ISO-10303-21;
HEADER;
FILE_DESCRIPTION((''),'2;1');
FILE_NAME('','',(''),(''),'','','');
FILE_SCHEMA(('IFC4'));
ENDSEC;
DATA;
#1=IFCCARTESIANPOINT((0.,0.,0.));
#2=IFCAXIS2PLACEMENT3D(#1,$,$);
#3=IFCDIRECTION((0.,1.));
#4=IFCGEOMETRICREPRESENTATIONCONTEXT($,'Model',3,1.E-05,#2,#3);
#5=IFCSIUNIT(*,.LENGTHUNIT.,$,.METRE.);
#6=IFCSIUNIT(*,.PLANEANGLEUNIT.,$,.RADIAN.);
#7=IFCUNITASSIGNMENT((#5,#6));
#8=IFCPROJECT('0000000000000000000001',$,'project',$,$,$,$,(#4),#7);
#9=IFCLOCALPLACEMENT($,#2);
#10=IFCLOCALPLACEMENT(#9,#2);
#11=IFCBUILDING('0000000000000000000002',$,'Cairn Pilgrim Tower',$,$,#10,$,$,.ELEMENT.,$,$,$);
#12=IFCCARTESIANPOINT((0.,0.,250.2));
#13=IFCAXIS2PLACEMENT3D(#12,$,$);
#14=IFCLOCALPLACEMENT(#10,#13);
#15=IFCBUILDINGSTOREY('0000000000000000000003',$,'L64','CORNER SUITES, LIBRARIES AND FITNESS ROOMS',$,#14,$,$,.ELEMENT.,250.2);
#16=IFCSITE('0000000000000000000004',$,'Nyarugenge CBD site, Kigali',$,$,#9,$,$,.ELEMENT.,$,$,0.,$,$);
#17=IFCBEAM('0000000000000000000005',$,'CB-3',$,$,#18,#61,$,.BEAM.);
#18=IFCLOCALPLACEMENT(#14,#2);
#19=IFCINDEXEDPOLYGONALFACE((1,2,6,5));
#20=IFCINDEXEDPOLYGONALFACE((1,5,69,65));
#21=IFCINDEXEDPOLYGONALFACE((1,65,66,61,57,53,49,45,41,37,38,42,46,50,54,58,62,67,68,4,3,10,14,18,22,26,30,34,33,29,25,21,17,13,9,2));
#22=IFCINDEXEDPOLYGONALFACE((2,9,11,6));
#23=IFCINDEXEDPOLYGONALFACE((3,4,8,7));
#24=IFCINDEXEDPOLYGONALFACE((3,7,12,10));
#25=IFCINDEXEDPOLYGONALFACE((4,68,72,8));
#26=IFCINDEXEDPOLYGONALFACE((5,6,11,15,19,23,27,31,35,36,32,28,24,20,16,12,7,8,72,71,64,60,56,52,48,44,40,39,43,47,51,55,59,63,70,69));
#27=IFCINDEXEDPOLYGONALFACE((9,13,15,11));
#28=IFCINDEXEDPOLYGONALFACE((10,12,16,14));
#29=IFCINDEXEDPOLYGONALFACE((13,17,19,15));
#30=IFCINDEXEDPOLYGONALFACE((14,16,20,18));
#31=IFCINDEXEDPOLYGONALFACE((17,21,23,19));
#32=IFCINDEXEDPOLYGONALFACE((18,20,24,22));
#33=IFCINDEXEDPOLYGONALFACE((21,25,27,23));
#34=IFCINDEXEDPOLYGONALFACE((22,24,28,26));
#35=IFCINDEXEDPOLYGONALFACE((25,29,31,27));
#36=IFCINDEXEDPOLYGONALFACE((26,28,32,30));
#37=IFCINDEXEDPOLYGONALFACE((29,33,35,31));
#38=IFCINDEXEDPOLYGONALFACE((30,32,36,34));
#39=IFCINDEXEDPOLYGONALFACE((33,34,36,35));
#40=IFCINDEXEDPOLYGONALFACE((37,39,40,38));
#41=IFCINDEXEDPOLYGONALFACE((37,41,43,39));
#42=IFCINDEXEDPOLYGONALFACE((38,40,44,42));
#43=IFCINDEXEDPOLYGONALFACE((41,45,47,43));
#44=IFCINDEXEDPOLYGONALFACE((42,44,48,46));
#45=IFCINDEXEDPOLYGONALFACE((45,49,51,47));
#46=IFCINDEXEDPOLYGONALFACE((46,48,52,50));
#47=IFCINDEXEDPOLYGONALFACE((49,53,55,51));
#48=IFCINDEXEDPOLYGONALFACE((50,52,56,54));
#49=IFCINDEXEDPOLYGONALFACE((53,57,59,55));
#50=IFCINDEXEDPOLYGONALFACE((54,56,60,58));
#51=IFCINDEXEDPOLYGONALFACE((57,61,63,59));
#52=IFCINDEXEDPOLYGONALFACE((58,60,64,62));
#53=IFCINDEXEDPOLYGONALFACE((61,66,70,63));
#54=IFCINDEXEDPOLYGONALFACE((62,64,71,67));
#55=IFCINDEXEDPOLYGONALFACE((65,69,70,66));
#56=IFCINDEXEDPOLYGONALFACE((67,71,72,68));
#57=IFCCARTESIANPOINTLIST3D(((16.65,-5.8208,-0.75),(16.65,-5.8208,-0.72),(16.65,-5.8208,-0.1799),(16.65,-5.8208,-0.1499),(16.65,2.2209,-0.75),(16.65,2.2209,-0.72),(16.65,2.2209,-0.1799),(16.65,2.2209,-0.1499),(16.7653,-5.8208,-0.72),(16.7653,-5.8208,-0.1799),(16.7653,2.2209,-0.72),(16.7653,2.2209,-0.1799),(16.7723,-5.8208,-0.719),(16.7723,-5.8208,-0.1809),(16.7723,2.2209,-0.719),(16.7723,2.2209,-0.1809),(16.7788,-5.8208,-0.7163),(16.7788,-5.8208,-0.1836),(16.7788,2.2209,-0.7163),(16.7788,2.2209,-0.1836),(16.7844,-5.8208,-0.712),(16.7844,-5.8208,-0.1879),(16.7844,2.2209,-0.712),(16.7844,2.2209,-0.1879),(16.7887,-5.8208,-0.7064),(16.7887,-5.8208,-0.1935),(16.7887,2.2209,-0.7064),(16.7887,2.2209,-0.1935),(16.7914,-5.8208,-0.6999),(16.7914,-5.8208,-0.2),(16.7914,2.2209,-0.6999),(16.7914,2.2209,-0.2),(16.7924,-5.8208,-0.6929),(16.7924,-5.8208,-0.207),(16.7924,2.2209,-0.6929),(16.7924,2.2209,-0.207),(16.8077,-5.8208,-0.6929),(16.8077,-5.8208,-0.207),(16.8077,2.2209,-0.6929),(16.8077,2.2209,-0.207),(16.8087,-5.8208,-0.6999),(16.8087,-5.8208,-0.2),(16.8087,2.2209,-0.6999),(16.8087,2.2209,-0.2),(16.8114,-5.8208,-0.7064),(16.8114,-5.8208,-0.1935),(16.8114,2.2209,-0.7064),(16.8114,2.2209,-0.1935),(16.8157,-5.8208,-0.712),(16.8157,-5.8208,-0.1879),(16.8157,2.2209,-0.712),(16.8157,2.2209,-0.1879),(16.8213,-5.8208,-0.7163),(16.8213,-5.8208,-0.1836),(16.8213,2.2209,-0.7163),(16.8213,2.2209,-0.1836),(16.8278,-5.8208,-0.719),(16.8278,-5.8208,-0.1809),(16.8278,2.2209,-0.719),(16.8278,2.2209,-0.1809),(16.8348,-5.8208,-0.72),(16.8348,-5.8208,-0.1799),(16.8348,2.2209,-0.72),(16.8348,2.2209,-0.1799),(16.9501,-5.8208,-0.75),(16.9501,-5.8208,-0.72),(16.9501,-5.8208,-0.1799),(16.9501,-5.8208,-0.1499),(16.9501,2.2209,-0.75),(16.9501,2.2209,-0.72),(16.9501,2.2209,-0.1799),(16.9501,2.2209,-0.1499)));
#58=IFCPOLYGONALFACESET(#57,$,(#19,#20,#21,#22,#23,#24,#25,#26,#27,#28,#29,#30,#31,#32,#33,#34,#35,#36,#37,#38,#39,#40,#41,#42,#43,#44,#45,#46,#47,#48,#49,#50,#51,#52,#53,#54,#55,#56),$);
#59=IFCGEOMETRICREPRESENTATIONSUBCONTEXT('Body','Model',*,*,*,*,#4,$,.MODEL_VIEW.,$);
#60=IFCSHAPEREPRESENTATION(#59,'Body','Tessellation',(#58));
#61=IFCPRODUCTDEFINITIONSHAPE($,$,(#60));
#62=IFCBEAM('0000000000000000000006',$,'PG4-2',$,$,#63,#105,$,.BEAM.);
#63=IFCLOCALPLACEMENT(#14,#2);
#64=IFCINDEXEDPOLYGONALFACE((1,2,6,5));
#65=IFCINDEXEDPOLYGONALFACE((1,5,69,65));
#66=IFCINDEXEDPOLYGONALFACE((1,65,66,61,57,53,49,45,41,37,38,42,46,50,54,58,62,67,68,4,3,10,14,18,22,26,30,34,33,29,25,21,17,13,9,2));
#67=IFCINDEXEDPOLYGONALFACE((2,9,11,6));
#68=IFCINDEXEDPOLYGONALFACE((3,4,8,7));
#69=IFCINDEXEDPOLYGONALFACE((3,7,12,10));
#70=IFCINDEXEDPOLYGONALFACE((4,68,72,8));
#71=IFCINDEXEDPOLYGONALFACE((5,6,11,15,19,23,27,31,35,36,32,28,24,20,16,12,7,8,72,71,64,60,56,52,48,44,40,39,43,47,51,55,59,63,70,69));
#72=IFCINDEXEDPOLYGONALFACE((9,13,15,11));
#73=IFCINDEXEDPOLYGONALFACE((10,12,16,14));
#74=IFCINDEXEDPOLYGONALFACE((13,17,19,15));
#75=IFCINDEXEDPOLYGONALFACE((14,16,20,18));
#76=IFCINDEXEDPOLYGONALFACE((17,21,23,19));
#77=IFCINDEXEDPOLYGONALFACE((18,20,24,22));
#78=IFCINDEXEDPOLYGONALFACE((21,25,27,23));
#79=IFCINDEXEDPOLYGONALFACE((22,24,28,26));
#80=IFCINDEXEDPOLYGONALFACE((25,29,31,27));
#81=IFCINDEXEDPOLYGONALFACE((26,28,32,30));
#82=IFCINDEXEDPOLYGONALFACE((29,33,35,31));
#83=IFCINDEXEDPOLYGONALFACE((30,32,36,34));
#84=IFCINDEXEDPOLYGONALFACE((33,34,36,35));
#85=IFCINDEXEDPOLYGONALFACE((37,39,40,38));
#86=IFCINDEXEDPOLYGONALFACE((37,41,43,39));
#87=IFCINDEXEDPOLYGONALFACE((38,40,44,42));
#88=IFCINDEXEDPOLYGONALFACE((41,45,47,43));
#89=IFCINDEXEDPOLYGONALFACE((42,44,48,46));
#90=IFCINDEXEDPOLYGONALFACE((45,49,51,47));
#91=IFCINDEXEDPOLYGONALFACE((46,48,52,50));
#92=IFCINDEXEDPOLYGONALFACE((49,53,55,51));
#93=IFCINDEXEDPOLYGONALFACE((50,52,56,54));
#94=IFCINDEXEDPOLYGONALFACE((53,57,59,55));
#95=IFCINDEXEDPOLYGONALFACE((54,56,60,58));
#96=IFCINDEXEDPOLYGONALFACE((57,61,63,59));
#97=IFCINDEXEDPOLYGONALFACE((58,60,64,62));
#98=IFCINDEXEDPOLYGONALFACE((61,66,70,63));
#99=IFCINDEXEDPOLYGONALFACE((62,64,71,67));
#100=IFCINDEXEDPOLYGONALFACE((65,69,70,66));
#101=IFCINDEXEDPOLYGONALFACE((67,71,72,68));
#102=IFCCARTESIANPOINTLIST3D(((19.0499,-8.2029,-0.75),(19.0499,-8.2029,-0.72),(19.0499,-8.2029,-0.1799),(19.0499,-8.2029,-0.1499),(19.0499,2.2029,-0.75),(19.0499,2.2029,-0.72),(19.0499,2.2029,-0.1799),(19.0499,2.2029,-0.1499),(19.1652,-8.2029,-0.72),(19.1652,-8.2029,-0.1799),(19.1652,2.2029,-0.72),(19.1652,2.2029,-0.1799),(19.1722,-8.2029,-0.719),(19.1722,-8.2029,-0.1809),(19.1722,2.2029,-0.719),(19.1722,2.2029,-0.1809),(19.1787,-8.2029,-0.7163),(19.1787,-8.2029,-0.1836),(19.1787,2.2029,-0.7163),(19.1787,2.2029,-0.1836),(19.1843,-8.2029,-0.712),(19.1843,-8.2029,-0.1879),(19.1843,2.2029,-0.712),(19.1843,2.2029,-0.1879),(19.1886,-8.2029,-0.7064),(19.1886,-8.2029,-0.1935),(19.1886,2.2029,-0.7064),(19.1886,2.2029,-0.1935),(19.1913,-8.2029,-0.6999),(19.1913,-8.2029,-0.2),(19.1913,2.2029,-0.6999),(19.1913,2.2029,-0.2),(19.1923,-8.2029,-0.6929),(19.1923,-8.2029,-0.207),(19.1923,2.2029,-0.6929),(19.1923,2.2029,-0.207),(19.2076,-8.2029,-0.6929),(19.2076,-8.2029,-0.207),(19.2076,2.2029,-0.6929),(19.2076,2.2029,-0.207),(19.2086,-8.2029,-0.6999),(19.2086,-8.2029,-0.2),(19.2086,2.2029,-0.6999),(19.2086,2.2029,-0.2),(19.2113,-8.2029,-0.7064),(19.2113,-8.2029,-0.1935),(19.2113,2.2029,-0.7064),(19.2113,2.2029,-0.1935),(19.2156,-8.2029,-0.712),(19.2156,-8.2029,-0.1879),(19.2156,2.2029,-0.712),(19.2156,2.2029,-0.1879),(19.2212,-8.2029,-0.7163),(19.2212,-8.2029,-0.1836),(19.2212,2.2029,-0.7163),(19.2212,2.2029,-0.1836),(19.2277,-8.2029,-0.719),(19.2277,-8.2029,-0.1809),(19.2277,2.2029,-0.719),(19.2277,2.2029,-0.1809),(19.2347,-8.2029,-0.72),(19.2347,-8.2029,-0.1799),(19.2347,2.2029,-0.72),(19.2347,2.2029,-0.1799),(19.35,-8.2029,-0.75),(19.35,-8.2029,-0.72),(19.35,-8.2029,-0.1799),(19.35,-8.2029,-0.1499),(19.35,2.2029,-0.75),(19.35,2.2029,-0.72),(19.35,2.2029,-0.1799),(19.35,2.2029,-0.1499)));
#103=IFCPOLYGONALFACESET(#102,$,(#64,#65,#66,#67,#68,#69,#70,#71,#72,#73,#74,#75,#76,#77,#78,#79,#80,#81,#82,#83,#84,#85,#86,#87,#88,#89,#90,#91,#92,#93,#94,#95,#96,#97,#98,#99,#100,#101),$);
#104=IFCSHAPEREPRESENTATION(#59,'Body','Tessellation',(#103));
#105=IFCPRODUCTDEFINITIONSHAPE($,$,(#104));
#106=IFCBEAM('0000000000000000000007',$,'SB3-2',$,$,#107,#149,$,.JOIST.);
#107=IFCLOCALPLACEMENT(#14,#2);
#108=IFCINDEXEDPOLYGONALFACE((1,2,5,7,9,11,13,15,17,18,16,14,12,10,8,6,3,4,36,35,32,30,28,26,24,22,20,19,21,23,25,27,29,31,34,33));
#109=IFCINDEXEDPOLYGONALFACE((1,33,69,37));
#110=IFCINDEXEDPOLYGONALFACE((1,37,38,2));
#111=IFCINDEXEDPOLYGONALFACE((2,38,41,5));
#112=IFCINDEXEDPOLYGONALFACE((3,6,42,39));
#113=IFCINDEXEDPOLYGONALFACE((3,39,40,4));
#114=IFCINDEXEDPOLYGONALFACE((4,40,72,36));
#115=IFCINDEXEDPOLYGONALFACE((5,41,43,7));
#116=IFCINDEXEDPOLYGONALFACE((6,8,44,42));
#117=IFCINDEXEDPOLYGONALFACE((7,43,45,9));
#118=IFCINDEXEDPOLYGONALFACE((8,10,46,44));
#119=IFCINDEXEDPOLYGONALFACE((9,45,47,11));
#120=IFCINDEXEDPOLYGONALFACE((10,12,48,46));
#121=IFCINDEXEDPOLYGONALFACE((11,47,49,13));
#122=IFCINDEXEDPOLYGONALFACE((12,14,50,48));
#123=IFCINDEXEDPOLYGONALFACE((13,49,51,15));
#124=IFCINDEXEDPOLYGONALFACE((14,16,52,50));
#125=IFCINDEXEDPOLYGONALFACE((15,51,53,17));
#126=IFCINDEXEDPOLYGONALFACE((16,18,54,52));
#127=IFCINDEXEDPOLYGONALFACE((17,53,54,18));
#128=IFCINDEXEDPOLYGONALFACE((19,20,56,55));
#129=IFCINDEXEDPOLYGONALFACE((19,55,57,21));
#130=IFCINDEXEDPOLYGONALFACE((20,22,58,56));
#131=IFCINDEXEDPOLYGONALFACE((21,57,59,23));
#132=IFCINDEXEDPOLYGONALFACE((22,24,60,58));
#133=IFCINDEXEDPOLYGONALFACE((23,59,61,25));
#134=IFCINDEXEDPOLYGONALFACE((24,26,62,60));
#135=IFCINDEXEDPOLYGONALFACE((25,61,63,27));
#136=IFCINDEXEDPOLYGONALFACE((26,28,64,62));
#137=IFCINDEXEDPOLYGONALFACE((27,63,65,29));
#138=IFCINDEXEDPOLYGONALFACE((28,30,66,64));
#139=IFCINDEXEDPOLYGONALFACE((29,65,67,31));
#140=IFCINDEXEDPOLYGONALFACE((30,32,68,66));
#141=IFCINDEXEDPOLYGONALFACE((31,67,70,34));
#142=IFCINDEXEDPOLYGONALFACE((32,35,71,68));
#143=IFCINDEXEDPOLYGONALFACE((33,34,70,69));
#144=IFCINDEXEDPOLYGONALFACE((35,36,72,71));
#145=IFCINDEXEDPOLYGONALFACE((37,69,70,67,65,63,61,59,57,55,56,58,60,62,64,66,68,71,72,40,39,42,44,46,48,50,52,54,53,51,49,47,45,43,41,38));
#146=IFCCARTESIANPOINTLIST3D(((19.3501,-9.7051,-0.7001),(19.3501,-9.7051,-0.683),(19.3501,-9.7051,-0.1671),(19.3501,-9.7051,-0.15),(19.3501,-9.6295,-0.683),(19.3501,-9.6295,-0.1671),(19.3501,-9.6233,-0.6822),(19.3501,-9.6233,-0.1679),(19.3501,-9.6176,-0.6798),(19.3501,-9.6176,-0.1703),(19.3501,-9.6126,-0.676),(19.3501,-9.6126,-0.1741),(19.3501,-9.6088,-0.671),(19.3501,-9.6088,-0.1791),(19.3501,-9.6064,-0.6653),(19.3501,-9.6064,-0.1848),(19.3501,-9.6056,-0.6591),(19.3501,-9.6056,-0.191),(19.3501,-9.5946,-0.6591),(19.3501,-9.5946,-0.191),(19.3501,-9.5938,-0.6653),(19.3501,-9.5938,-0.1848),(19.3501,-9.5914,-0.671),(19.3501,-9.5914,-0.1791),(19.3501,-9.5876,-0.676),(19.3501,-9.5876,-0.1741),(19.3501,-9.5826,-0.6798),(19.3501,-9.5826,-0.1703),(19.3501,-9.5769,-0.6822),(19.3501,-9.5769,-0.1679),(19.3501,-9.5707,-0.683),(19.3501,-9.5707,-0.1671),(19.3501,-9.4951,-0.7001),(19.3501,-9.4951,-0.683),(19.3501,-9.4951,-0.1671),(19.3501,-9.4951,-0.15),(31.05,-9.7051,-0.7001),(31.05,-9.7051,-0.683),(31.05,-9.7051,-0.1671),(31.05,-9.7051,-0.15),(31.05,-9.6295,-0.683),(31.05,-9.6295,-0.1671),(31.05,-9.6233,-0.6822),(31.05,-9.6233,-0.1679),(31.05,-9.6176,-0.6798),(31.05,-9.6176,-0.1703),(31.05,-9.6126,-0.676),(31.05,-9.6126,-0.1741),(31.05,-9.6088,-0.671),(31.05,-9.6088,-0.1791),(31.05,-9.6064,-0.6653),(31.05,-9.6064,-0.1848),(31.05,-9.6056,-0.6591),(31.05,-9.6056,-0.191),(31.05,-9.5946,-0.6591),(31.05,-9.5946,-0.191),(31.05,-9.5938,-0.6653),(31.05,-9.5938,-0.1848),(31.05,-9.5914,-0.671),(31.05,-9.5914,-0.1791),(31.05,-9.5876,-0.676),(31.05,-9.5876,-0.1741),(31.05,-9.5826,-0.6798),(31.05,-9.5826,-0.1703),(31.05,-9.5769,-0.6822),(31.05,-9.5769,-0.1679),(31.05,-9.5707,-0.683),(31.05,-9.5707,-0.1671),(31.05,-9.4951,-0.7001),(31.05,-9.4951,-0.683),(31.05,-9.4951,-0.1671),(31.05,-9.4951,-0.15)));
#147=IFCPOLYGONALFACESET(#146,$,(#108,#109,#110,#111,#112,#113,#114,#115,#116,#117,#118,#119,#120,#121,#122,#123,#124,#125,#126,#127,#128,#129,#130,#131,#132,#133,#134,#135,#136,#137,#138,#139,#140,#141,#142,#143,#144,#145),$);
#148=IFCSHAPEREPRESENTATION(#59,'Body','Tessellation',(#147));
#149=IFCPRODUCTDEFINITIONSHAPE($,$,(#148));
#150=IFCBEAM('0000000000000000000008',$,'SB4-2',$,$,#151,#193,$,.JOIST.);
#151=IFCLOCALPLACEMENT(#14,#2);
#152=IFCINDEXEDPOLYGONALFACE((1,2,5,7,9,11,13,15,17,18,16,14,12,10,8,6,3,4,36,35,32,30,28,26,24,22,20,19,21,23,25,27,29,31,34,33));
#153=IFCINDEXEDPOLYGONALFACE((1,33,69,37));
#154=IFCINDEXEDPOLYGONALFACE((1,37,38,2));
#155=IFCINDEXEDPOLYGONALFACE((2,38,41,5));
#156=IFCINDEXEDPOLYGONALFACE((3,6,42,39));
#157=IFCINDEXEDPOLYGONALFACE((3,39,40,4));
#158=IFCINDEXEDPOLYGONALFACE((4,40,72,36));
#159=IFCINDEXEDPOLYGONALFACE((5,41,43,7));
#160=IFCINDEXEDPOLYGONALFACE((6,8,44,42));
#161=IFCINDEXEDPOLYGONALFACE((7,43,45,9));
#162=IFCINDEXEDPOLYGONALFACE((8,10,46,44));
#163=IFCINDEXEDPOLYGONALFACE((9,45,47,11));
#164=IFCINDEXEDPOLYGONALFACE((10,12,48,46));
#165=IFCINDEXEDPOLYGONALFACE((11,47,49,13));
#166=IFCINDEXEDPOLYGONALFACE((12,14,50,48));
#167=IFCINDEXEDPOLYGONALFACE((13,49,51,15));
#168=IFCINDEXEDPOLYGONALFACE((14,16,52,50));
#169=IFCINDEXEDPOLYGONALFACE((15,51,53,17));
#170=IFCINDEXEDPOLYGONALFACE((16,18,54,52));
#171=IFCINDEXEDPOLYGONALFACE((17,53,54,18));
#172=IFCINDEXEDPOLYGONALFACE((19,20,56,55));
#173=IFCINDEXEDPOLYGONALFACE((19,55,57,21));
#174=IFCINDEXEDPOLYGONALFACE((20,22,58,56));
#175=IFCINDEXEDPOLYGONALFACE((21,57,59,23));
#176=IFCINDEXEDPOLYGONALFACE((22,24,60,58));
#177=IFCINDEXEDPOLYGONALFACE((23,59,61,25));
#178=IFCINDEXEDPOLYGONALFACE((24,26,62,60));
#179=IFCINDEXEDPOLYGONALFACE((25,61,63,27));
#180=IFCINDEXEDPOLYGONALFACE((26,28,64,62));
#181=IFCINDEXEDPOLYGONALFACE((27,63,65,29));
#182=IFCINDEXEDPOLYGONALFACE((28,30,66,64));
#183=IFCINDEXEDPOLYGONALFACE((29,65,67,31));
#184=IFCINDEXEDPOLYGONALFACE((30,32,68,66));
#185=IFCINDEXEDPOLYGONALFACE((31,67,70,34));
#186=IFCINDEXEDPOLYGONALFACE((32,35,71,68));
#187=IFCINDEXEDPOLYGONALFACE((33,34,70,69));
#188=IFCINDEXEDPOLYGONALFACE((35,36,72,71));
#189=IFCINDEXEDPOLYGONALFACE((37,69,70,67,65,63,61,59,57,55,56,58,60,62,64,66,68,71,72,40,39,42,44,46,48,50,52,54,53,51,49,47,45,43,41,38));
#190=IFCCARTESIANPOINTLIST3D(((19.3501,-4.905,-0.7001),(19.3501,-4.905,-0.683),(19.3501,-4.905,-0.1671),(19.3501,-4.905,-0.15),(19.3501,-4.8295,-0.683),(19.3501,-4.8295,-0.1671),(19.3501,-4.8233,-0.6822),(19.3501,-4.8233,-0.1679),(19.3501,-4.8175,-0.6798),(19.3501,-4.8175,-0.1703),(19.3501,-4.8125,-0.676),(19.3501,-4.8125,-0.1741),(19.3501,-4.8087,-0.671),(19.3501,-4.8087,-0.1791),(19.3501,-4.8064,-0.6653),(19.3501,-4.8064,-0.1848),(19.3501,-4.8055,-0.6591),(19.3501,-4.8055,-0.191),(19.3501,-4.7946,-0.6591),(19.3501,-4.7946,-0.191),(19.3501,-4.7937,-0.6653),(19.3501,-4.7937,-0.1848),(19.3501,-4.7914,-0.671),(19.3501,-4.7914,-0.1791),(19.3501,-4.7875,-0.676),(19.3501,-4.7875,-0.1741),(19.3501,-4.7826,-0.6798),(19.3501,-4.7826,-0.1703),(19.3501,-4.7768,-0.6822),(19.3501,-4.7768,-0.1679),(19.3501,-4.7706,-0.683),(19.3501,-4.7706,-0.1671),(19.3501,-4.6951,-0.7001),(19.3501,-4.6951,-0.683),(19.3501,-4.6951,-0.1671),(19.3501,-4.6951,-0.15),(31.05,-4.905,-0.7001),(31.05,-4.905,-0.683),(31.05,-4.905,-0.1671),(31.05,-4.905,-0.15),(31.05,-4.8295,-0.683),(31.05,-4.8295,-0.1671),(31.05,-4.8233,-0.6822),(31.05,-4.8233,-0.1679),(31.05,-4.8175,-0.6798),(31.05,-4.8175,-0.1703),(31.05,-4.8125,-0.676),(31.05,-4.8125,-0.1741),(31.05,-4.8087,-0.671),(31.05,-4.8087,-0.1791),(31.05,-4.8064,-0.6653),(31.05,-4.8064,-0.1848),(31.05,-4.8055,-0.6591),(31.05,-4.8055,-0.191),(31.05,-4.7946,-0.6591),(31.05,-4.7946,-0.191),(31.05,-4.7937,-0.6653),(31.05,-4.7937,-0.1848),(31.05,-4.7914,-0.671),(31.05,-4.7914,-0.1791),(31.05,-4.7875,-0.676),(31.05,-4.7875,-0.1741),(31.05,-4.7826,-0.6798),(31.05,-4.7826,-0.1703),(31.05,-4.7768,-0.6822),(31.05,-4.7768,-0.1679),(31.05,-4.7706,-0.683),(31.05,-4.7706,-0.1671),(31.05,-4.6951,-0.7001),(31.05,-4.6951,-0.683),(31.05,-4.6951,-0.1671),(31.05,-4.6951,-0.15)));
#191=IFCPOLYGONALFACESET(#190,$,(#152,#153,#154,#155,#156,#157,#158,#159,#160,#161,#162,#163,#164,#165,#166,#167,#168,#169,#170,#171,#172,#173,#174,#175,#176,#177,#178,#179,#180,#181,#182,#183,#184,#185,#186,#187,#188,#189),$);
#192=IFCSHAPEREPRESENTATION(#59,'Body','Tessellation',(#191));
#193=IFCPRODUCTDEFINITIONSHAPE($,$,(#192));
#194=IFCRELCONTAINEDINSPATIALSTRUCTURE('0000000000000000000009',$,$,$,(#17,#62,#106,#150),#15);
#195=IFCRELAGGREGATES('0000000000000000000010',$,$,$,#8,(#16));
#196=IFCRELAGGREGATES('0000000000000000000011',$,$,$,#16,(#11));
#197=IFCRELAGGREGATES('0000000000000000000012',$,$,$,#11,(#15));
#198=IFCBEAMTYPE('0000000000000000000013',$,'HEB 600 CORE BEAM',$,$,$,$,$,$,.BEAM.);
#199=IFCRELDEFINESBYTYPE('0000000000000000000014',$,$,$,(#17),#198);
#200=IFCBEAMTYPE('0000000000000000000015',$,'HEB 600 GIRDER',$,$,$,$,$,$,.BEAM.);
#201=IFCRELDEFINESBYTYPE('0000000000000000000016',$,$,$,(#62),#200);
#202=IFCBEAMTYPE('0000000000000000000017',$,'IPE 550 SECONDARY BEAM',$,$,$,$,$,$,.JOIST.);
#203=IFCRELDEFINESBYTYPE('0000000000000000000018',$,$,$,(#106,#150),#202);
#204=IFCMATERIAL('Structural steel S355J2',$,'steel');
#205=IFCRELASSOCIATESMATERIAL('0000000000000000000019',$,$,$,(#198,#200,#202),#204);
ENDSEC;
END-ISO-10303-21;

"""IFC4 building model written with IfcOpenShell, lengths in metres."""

from ifc_helpers import new_model, si_unit, direction, frame, origin, origin_2d, place, context, subcontext, project, spatial, i_section, extrude, material, material_profile, profile_set, type_object, element, save


model = new_model("IFC4")

# Units and contexts
model_context = context("Model", 3, precision=1e-05, world=origin(), true_north=direction((0.0, 1.0)))
body_context = subcontext(model_context, "Body", "Model", "MODEL_VIEW")
ifc_project = project(units=[si_unit("LENGTHUNIT", "METRE"), si_unit("PLANEANGLEUNIT", "RADIAN")], contexts=[model_context])

# Site, building, storey
site_placement = place(None, origin())
site = spatial("IfcSite", under=ifc_project, at=site_placement, Name="Nyarugenge CBD site, Kigali", CompositionType="ELEMENT", RefElevation=0.0)
building_placement = place(site_placement, origin())
building = spatial("IfcBuilding", under=site, at=building_placement, Name="Cairn Pilgrim Tower", CompositionType="ELEMENT")
storey_placement = place(building_placement, frame((0.0, 0.0, 250.2)))
storey = spatial("IfcBuildingStorey", under=building, at=storey_placement, Name="L64", Description="CORNER SUITES, LIBRARIES AND FITNESS ROOMS", CompositionType="ELEMENT", Elevation=250.2)

# Shared definitions
ifc_material_1 = material(Name="Structural steel S355J2", Category="steel")

# Beams
ifc_material_profile_1 = material_profile(ifc_material_1, i_section(OverallWidth=0.3, OverallDepth=0.6001, WebThickness=0.0154, FlangeThickness=0.03, FilletRadius=0.0271, at=origin_2d()), Name="HEB 600")
ifc_profile_set_1 = profile_set([ifc_material_profile_1], Name="Structural steel S355J2")
beam_type_1 = type_object("IfcBeamType", Name="HEB 600 CORE BEAM", PredefinedType="BEAM", material=ifc_profile_set_1)
beam_1_placement = place(storey_placement, frame((16.8, -5.8208, -0.45), z_axis=(0.0, 1.0, 0.0), x_axis=(-1.0, 0.0, 0.0)))
element("IfcBeam", 1, at=beam_1_placement, inside=storey, type_object=beam_type_1, Name="CB-3", PredefinedType="BEAM", context=body_context, shape_type="SweptSolid", body=[
    extrude(i_section(OverallWidth=0.3, OverallDepth=0.6001, WebThickness=0.0154, FlangeThickness=0.03, FilletRadius=0.0271, at=origin_2d()), origin(), (0.0, 0.0, 1.0), 8.0417),
])
ifc_material_profile_2 = material_profile(ifc_material_1, i_section(OverallWidth=0.3, OverallDepth=0.6001, WebThickness=0.0154, FlangeThickness=0.03, FilletRadius=0.0271, at=origin_2d()), Name="HEB 600")
ifc_profile_set_2 = profile_set([ifc_material_profile_2], Name="Structural steel S355J2")
beam_type_2 = type_object("IfcBeamType", Name="HEB 600 GIRDER", PredefinedType="BEAM", material=ifc_profile_set_2)
beam_2_placement = place(storey_placement, frame((19.2, -8.2029, -0.45), z_axis=(0.0, 1.0, 0.0), x_axis=(-1.0, 0.0, 0.0)))
element("IfcBeam", 2, at=beam_2_placement, inside=storey, type_object=beam_type_2, Name="PG4-2", PredefinedType="BEAM", context=body_context, shape_type="SweptSolid", body=[
    extrude(i_section(OverallWidth=0.3, OverallDepth=0.6001, WebThickness=0.0154, FlangeThickness=0.03, FilletRadius=0.0271, at=origin_2d()), origin(), (0.0, 0.0, 1.0), 10.4058),
])
ifc_material_profile_3 = material_profile(ifc_material_1, i_section(OverallWidth=0.21, OverallDepth=0.55, WebThickness=0.011, FlangeThickness=0.0171, FilletRadius=0.0239, at=origin_2d()), Name="IPE 550")
ifc_profile_set_3 = profile_set([ifc_material_profile_3], Name="Structural steel S355J2")
beam_type_3 = type_object("IfcBeamType", Name="IPE 550 SECONDARY BEAM", PredefinedType="JOIST", material=ifc_profile_set_3)
for number, where, z_axis, x_axis, name in (
    (3, (19.3501, -9.6001, -0.425), (1.0, 0.0, 0.0), (0.0, 1.0, 0.0), "SB3-2"),
    (4, (19.3501, -4.8, -0.425), (1.0, 0.0, 0.0), (0.0, 1.0, 0.0), "SB4-2"),
):
    element("IfcBeam", number, at=place(storey_placement, frame(where, z_axis=z_axis, x_axis=x_axis)), inside=storey, type_object=beam_type_3, Name=name, PredefinedType="JOIST", context=body_context, shape_type="SweptSolid", body=[
        extrude(i_section(OverallWidth=0.21, OverallDepth=0.55, WebThickness=0.011, FlangeThickness=0.0171, FilletRadius=0.0239, at=origin_2d()), origin(), (0.0, 0.0, 1.0), 11.7),
    ])

save(model, "model.ifc")
